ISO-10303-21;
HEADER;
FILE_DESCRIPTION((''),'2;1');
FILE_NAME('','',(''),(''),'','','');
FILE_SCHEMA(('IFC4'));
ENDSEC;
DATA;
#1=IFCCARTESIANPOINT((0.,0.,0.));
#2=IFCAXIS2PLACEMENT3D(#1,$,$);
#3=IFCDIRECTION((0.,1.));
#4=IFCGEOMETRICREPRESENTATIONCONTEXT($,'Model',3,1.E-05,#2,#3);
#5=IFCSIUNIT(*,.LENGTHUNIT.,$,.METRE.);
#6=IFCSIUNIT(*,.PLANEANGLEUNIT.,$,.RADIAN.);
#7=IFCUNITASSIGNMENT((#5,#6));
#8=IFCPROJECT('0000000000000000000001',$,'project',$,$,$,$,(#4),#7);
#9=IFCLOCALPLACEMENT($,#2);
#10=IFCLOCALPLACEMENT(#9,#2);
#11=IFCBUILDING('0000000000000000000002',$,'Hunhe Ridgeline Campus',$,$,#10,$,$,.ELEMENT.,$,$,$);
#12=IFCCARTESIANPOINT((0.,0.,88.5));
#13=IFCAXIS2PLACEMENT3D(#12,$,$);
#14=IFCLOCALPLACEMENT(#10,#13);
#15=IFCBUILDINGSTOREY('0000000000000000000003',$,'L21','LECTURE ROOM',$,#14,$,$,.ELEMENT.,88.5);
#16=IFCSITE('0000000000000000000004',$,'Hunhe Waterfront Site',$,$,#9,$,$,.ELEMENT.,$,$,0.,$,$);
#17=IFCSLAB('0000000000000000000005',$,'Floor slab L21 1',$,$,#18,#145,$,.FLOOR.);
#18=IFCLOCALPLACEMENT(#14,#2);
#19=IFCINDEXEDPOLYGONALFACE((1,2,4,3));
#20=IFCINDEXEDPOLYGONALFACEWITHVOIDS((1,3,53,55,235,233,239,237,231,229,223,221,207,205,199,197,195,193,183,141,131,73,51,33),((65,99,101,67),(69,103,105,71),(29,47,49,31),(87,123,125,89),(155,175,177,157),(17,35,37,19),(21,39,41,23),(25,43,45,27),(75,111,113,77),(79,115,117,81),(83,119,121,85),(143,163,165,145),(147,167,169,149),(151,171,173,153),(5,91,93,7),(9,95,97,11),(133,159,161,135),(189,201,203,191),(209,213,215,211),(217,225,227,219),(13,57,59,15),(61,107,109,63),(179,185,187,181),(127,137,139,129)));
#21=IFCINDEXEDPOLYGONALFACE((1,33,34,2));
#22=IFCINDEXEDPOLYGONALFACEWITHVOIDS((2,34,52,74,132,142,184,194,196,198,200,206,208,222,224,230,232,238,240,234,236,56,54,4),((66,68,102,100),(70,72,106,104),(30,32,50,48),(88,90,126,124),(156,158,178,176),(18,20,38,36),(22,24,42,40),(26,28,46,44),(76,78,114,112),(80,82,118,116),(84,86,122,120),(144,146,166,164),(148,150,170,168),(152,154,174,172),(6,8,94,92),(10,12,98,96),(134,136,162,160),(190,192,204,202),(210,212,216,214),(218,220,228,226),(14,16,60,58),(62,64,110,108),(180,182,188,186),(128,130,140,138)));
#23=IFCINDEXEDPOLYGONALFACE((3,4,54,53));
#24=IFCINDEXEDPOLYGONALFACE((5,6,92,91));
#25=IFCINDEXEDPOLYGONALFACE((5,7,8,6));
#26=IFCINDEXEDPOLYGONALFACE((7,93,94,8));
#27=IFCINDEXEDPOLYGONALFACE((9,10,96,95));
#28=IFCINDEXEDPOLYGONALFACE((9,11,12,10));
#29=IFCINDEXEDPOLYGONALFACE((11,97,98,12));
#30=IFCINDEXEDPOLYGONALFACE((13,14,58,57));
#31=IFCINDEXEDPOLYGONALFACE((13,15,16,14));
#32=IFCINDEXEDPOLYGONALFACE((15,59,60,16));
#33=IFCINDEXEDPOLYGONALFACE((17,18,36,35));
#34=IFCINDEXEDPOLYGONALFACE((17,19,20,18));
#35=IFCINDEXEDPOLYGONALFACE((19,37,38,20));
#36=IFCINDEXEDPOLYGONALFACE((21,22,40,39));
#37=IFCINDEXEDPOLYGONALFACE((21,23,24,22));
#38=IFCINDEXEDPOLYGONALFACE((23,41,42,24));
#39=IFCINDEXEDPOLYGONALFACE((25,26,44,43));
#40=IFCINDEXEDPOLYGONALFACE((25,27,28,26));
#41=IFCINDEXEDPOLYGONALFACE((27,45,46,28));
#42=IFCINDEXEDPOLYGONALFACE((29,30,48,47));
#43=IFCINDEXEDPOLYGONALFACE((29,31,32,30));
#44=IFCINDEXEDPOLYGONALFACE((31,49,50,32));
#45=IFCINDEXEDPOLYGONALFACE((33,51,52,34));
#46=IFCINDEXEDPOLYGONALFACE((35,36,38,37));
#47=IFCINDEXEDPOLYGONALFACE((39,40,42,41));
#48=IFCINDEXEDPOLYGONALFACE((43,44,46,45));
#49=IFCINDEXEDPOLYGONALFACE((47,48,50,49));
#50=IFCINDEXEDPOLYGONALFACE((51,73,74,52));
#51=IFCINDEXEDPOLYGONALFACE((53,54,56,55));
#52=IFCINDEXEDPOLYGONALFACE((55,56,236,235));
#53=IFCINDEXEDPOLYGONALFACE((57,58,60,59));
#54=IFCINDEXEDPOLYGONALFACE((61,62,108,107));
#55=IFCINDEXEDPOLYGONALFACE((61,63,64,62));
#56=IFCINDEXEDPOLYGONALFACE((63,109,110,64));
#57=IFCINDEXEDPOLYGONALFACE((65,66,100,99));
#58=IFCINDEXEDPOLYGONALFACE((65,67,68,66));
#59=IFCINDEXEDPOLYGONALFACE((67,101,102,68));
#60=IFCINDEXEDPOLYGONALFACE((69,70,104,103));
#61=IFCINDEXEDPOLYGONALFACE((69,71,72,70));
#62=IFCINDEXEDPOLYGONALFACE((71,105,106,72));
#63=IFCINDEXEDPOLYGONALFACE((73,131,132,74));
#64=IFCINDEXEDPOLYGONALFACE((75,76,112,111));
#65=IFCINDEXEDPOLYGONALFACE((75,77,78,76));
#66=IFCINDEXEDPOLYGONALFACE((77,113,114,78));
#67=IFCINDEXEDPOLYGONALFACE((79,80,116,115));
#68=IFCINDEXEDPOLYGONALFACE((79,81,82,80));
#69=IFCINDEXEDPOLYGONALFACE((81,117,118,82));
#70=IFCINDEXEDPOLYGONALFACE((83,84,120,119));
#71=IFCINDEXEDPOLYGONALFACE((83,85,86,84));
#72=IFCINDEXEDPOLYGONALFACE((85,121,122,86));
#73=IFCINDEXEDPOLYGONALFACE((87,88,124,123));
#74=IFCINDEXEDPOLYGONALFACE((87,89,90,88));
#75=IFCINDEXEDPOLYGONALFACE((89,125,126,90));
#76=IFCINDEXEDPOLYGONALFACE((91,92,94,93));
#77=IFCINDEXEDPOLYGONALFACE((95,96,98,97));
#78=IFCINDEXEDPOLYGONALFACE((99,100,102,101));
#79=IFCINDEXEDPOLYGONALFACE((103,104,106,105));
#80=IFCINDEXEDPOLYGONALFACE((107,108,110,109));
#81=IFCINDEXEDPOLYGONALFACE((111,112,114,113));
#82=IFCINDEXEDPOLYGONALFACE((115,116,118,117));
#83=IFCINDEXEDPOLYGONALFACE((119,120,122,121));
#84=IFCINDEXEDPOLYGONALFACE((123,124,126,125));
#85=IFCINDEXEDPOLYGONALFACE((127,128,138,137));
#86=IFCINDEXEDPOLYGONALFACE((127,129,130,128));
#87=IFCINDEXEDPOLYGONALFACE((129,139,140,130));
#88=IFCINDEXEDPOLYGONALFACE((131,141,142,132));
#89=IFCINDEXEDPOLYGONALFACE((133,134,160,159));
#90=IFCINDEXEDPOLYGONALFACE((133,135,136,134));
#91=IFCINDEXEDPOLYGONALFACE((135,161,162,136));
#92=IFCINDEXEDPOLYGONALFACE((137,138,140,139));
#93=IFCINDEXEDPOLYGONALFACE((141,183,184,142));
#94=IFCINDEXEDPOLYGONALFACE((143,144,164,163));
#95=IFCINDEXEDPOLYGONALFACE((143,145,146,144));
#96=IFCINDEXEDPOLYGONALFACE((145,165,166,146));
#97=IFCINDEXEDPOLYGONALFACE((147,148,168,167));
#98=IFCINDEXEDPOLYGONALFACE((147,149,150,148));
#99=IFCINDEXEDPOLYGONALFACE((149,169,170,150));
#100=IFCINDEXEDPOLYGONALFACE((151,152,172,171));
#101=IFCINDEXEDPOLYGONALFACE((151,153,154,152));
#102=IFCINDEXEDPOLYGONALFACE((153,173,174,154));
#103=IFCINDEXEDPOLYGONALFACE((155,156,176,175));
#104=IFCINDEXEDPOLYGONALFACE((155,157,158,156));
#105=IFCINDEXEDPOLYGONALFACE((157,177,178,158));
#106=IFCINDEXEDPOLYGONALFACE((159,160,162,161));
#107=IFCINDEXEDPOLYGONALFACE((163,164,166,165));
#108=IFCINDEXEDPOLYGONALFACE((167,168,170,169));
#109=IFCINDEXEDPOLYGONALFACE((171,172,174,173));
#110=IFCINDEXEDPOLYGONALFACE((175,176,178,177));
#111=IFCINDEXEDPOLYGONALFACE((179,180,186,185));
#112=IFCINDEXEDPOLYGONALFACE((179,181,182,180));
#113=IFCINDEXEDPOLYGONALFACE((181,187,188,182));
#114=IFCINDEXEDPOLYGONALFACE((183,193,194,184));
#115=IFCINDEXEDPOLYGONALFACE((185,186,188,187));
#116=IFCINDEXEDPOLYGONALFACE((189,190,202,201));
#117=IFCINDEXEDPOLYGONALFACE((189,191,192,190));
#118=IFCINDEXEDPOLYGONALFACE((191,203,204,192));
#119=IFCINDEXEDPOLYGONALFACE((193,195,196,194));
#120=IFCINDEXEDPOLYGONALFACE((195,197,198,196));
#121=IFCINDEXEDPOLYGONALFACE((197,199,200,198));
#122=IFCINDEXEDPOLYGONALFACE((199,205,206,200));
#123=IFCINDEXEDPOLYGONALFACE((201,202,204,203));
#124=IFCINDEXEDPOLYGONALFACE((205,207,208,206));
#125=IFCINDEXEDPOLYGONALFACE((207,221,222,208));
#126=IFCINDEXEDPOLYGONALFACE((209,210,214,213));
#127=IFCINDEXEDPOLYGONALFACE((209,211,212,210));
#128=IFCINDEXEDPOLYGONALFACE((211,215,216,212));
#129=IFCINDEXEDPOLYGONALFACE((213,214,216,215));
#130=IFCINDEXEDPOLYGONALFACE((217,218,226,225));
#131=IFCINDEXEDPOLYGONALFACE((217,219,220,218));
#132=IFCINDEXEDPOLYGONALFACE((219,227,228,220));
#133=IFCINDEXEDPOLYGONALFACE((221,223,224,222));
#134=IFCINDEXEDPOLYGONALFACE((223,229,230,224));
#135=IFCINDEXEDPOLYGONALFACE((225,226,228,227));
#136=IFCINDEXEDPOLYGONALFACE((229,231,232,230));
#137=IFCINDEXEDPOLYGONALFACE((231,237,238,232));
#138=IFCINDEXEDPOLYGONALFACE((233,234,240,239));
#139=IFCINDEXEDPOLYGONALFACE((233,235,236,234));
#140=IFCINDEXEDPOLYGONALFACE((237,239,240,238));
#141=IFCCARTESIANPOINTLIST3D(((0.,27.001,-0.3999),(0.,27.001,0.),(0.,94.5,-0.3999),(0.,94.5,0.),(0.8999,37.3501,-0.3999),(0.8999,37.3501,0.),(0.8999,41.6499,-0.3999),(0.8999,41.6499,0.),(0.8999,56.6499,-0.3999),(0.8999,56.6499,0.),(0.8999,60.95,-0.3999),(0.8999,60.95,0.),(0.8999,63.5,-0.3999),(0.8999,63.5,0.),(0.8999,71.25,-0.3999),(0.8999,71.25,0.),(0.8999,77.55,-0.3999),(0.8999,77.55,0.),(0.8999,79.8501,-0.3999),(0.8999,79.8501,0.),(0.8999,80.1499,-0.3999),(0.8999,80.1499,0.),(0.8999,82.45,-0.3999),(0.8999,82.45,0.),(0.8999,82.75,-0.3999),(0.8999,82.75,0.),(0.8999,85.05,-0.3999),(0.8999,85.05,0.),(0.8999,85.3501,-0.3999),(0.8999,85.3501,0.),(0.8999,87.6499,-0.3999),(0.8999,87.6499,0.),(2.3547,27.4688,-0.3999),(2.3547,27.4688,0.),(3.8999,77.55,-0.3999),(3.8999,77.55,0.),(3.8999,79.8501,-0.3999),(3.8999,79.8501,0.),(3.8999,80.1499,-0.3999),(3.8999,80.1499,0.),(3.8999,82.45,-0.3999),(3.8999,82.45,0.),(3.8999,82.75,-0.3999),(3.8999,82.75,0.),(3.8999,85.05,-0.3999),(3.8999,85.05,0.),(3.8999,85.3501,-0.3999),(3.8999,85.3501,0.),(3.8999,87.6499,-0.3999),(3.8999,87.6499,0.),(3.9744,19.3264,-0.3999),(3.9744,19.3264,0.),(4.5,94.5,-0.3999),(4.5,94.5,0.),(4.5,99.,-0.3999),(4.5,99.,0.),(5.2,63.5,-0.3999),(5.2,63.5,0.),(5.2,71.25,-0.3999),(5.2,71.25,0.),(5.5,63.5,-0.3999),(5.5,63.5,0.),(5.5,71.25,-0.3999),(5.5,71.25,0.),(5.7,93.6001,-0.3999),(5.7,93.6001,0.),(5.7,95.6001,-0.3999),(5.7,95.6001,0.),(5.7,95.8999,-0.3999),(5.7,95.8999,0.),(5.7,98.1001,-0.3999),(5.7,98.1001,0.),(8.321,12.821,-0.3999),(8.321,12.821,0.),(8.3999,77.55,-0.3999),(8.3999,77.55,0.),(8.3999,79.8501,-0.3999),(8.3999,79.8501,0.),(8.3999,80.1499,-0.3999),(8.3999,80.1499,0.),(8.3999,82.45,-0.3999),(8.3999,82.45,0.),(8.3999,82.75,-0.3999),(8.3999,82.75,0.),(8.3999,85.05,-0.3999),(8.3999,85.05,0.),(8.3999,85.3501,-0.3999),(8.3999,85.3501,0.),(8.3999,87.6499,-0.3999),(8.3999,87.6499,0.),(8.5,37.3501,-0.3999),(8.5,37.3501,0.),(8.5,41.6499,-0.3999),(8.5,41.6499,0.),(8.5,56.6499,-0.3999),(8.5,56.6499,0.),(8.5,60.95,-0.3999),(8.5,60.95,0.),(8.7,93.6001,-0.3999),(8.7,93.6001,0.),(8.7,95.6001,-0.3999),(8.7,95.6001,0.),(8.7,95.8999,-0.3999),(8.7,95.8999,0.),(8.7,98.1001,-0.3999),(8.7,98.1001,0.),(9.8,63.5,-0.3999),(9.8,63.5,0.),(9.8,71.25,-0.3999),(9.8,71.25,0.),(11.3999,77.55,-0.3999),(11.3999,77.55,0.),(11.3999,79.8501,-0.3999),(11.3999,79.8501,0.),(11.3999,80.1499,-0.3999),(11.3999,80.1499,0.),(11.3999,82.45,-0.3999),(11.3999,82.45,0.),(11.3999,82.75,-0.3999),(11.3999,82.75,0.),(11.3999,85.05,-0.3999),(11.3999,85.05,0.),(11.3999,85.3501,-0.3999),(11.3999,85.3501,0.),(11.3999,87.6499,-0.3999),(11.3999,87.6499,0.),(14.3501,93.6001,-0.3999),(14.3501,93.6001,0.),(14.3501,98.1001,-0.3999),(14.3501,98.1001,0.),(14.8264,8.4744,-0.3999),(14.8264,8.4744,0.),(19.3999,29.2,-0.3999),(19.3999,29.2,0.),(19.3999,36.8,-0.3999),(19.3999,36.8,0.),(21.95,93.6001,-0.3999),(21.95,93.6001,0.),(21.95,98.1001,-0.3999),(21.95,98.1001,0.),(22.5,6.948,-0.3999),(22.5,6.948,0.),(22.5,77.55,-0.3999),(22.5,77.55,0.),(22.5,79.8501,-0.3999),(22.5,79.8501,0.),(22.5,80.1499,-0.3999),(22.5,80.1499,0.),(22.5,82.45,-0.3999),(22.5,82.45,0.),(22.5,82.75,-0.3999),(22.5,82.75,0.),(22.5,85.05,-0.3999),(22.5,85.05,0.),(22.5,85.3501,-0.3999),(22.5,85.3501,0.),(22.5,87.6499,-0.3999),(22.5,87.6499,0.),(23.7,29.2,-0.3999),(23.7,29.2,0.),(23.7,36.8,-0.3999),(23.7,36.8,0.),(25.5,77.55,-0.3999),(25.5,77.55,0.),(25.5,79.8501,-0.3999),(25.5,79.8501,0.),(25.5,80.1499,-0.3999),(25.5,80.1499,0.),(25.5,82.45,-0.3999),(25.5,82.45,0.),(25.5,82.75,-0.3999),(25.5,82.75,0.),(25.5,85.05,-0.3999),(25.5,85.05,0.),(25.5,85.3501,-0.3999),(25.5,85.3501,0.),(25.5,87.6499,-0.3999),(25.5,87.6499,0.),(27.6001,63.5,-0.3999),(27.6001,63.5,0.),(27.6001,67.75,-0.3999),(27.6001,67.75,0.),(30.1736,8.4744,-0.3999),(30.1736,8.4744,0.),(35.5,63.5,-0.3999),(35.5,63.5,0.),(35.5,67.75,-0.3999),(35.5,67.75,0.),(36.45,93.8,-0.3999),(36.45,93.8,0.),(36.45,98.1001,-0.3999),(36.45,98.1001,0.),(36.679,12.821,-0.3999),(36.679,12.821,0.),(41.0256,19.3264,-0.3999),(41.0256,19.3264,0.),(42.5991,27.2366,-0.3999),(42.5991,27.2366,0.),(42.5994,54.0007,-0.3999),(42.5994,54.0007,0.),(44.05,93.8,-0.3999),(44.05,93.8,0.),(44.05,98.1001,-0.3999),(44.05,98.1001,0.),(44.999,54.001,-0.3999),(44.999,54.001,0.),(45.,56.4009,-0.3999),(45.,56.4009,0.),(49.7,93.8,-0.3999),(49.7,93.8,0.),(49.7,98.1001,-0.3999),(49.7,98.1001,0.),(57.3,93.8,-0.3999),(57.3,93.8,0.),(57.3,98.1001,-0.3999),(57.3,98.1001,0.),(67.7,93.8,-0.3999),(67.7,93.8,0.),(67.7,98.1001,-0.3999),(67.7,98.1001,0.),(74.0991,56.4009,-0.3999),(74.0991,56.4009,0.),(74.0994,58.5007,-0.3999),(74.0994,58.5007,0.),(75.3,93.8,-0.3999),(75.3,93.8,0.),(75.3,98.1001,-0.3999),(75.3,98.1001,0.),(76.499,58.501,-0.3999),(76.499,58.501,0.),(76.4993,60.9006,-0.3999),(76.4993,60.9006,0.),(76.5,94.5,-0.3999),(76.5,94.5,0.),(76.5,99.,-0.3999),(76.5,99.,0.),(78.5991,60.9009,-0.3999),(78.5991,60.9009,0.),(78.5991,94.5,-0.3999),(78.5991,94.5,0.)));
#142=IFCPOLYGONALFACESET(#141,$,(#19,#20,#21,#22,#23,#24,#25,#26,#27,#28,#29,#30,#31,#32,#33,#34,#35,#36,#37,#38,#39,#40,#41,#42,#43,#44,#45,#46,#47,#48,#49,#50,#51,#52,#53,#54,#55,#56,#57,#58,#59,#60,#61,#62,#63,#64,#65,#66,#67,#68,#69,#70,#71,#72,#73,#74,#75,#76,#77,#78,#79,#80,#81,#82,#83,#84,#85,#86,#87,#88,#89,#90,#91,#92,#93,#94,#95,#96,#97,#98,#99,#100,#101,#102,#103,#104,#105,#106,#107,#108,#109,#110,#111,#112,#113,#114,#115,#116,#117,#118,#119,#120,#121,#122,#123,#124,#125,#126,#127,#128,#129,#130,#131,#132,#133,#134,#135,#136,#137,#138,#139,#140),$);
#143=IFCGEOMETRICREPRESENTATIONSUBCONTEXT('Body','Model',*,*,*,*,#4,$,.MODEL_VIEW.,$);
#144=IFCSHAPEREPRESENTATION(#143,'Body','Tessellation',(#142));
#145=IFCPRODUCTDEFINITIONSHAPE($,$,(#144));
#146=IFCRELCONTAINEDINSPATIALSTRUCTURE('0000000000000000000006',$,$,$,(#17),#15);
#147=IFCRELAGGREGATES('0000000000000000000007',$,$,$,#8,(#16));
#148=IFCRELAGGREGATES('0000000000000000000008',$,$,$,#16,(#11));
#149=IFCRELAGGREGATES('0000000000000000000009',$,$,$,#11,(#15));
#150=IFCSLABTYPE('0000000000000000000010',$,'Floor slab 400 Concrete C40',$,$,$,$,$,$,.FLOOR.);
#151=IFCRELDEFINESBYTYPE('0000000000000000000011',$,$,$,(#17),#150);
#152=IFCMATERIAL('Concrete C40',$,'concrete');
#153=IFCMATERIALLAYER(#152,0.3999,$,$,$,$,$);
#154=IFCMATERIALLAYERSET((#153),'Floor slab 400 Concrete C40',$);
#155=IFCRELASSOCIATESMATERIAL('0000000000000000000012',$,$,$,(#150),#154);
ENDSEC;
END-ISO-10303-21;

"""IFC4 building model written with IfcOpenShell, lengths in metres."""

from ifc_helpers import new_model, si_unit, direction, frame, origin, place, context, subcontext, project, spatial, polyline, outline, extrude, material, layer, layer_set, type_object, element, save


model = new_model("IFC4")

# Units and contexts
model_context = context("Model", 3, precision=1e-05, world=origin(), true_north=direction((0.0, 1.0)))
body_context = subcontext(model_context, "Body", "Model", "MODEL_VIEW")
ifc_project = project(units=[si_unit("LENGTHUNIT", "METRE"), si_unit("PLANEANGLEUNIT", "RADIAN")], contexts=[model_context])

# Site, building, storey
site_placement = place(None, origin())
site = spatial("IfcSite", under=ifc_project, at=site_placement, Name="Hunhe Waterfront Site", CompositionType="ELEMENT", RefElevation=0.0)
building_placement = place(site_placement, origin())
building = spatial("IfcBuilding", under=site, at=building_placement, Name="Hunhe Ridgeline Campus", CompositionType="ELEMENT")
storey_placement = place(building_placement, frame((0.0, 0.0, 88.5)))
storey = spatial("IfcBuildingStorey", under=building, at=storey_placement, Name="L21", Description="LECTURE ROOM", CompositionType="ELEMENT", Elevation=88.5)

# Slab
ifc_material_1 = material(Name="Concrete C40", Category="concrete")
ifc_layer_1 = layer(ifc_material_1, 0.3999)
ifc_layer_set_1 = layer_set([ifc_layer_1], Name="Floor slab 400 Concrete C40")
slab_type_1 = type_object("IfcSlabType", Name="Floor slab 400 Concrete C40", PredefinedType="FLOOR", material=ifc_layer_set_1)
slab_1_placement = place(storey_placement, frame((0.0, 0.0, -0.3999)))
element("IfcSlab", 1, at=slab_1_placement, inside=storey, type_object=slab_type_1, Name="Floor slab L21 1", PredefinedType="FLOOR", context=body_context, shape_type="SweptSolid", body=[
    extrude(outline(polyline([(0.0, 27.001), (2.3547, 27.4688), (3.9744, 19.3264), (8.321, 12.821), (14.8264, 8.4744), (22.5, 6.948), (30.1736, 8.4744), (36.679, 12.821), (41.0256, 19.3264), (42.5991, 27.2366), (42.5994, 54.0007), (44.999, 54.001), (45.0, 56.4009), (74.0991, 56.4009), (74.0994, 58.5007), (76.499, 58.501), (76.4993, 60.9006), (78.5991, 60.9009), (78.5991, 94.5), (76.5, 94.5), (76.5, 99.0), (4.5, 99.0), (4.5, 94.5), (0.0, 94.5), (0.0, 27.001)]), holes=[polyline([(67.7, 93.8), (75.3, 93.8), (75.3, 98.1001), (67.7, 98.1001), (67.7, 93.8)]), polyline([(57.3, 93.8), (57.3, 98.1001), (49.7, 98.1001), (49.7, 93.8), (57.3, 93.8)]), polyline([(44.05, 98.1001), (36.45, 98.1001), (36.45, 93.8), (44.05, 93.8), (44.05, 98.1001)]), polyline([(27.6001, 67.75), (27.6001, 63.5), (35.5, 63.5), (35.5, 67.75), (27.6001, 67.75)]), polyline([(25.5, 85.3501), (25.5, 87.6499), (22.5, 87.6499), (22.5, 85.3501), (25.5, 85.3501)]), polyline([(25.5, 85.05), (22.5, 85.05), (22.5, 82.75), (25.5, 82.75), (25.5, 85.05)]), polyline([(22.5, 82.45), (22.5, 80.1499), (25.5, 80.1499), (25.5, 82.45), (22.5, 82.45)]), polyline([(22.5, 77.55), (25.5, 77.55), (25.5, 79.8501), (22.5, 79.8501), (22.5, 77.55)]), polyline([(19.3999, 29.2), (23.7, 29.2), (23.7, 36.8), (19.3999, 36.8), (19.3999, 29.2)]), polyline([(21.95, 98.1001), (14.3501, 98.1001), (14.3501, 93.6001), (21.95, 93.6001), (21.95, 98.1001)]), polyline([(8.3999, 82.45), (8.3999, 80.1499), (11.3999, 80.1499), (11.3999, 82.45), (8.3999, 82.45)]), polyline([(11.3999, 85.3501), (11.3999, 87.6499), (8.3999, 87.6499), (8.3999, 85.3501), (11.3999, 85.3501)]), polyline([(11.3999, 85.05), (8.3999, 85.05), (8.3999, 82.75), (11.3999, 82.75), (11.3999, 85.05)]), polyline([(8.3999, 77.55), (11.3999, 77.55), (11.3999, 79.8501), (8.3999, 79.8501), (8.3999, 77.55)]), polyline([(5.5, 63.5), (9.8, 63.5), (9.8, 71.25), (5.5, 71.25), (5.5, 63.5)]), polyline([(5.7, 98.1001), (5.7, 95.8999), (8.7, 95.8999), (8.7, 98.1001), (5.7, 98.1001)]), polyline([(5.7, 93.6001), (8.7, 93.6001), (8.7, 95.6001), (5.7, 95.6001), (5.7, 93.6001)]), polyline([(0.8999, 60.95), (0.8999, 56.6499), (8.5, 56.6499), (8.5, 60.95), (0.8999, 60.95)]), polyline([(0.8999, 37.3501), (8.5, 37.3501), (8.5, 41.6499), (0.8999, 41.6499), (0.8999, 37.3501)]), polyline([(5.2, 63.5), (5.2, 71.25), (0.8999, 71.25), (0.8999, 63.5), (5.2, 63.5)]), polyline([(3.8999, 85.3501), (3.8999, 87.6499), (0.8999, 87.6499), (0.8999, 85.3501), (3.8999, 85.3501)]), polyline([(3.8999, 85.05), (0.8999, 85.05), (0.8999, 82.75), (3.8999, 82.75), (3.8999, 85.05)]), polyline([(0.8999, 82.45), (0.8999, 80.1499), (3.8999, 80.1499), (3.8999, 82.45), (0.8999, 82.45)]), polyline([(0.8999, 77.55), (3.8999, 77.55), (3.8999, 79.8501), (0.8999, 79.8501), (0.8999, 77.55)])]), origin(), (0.0, 0.0, 1.0), 0.3999),
])

save(model, "model.ifc")
